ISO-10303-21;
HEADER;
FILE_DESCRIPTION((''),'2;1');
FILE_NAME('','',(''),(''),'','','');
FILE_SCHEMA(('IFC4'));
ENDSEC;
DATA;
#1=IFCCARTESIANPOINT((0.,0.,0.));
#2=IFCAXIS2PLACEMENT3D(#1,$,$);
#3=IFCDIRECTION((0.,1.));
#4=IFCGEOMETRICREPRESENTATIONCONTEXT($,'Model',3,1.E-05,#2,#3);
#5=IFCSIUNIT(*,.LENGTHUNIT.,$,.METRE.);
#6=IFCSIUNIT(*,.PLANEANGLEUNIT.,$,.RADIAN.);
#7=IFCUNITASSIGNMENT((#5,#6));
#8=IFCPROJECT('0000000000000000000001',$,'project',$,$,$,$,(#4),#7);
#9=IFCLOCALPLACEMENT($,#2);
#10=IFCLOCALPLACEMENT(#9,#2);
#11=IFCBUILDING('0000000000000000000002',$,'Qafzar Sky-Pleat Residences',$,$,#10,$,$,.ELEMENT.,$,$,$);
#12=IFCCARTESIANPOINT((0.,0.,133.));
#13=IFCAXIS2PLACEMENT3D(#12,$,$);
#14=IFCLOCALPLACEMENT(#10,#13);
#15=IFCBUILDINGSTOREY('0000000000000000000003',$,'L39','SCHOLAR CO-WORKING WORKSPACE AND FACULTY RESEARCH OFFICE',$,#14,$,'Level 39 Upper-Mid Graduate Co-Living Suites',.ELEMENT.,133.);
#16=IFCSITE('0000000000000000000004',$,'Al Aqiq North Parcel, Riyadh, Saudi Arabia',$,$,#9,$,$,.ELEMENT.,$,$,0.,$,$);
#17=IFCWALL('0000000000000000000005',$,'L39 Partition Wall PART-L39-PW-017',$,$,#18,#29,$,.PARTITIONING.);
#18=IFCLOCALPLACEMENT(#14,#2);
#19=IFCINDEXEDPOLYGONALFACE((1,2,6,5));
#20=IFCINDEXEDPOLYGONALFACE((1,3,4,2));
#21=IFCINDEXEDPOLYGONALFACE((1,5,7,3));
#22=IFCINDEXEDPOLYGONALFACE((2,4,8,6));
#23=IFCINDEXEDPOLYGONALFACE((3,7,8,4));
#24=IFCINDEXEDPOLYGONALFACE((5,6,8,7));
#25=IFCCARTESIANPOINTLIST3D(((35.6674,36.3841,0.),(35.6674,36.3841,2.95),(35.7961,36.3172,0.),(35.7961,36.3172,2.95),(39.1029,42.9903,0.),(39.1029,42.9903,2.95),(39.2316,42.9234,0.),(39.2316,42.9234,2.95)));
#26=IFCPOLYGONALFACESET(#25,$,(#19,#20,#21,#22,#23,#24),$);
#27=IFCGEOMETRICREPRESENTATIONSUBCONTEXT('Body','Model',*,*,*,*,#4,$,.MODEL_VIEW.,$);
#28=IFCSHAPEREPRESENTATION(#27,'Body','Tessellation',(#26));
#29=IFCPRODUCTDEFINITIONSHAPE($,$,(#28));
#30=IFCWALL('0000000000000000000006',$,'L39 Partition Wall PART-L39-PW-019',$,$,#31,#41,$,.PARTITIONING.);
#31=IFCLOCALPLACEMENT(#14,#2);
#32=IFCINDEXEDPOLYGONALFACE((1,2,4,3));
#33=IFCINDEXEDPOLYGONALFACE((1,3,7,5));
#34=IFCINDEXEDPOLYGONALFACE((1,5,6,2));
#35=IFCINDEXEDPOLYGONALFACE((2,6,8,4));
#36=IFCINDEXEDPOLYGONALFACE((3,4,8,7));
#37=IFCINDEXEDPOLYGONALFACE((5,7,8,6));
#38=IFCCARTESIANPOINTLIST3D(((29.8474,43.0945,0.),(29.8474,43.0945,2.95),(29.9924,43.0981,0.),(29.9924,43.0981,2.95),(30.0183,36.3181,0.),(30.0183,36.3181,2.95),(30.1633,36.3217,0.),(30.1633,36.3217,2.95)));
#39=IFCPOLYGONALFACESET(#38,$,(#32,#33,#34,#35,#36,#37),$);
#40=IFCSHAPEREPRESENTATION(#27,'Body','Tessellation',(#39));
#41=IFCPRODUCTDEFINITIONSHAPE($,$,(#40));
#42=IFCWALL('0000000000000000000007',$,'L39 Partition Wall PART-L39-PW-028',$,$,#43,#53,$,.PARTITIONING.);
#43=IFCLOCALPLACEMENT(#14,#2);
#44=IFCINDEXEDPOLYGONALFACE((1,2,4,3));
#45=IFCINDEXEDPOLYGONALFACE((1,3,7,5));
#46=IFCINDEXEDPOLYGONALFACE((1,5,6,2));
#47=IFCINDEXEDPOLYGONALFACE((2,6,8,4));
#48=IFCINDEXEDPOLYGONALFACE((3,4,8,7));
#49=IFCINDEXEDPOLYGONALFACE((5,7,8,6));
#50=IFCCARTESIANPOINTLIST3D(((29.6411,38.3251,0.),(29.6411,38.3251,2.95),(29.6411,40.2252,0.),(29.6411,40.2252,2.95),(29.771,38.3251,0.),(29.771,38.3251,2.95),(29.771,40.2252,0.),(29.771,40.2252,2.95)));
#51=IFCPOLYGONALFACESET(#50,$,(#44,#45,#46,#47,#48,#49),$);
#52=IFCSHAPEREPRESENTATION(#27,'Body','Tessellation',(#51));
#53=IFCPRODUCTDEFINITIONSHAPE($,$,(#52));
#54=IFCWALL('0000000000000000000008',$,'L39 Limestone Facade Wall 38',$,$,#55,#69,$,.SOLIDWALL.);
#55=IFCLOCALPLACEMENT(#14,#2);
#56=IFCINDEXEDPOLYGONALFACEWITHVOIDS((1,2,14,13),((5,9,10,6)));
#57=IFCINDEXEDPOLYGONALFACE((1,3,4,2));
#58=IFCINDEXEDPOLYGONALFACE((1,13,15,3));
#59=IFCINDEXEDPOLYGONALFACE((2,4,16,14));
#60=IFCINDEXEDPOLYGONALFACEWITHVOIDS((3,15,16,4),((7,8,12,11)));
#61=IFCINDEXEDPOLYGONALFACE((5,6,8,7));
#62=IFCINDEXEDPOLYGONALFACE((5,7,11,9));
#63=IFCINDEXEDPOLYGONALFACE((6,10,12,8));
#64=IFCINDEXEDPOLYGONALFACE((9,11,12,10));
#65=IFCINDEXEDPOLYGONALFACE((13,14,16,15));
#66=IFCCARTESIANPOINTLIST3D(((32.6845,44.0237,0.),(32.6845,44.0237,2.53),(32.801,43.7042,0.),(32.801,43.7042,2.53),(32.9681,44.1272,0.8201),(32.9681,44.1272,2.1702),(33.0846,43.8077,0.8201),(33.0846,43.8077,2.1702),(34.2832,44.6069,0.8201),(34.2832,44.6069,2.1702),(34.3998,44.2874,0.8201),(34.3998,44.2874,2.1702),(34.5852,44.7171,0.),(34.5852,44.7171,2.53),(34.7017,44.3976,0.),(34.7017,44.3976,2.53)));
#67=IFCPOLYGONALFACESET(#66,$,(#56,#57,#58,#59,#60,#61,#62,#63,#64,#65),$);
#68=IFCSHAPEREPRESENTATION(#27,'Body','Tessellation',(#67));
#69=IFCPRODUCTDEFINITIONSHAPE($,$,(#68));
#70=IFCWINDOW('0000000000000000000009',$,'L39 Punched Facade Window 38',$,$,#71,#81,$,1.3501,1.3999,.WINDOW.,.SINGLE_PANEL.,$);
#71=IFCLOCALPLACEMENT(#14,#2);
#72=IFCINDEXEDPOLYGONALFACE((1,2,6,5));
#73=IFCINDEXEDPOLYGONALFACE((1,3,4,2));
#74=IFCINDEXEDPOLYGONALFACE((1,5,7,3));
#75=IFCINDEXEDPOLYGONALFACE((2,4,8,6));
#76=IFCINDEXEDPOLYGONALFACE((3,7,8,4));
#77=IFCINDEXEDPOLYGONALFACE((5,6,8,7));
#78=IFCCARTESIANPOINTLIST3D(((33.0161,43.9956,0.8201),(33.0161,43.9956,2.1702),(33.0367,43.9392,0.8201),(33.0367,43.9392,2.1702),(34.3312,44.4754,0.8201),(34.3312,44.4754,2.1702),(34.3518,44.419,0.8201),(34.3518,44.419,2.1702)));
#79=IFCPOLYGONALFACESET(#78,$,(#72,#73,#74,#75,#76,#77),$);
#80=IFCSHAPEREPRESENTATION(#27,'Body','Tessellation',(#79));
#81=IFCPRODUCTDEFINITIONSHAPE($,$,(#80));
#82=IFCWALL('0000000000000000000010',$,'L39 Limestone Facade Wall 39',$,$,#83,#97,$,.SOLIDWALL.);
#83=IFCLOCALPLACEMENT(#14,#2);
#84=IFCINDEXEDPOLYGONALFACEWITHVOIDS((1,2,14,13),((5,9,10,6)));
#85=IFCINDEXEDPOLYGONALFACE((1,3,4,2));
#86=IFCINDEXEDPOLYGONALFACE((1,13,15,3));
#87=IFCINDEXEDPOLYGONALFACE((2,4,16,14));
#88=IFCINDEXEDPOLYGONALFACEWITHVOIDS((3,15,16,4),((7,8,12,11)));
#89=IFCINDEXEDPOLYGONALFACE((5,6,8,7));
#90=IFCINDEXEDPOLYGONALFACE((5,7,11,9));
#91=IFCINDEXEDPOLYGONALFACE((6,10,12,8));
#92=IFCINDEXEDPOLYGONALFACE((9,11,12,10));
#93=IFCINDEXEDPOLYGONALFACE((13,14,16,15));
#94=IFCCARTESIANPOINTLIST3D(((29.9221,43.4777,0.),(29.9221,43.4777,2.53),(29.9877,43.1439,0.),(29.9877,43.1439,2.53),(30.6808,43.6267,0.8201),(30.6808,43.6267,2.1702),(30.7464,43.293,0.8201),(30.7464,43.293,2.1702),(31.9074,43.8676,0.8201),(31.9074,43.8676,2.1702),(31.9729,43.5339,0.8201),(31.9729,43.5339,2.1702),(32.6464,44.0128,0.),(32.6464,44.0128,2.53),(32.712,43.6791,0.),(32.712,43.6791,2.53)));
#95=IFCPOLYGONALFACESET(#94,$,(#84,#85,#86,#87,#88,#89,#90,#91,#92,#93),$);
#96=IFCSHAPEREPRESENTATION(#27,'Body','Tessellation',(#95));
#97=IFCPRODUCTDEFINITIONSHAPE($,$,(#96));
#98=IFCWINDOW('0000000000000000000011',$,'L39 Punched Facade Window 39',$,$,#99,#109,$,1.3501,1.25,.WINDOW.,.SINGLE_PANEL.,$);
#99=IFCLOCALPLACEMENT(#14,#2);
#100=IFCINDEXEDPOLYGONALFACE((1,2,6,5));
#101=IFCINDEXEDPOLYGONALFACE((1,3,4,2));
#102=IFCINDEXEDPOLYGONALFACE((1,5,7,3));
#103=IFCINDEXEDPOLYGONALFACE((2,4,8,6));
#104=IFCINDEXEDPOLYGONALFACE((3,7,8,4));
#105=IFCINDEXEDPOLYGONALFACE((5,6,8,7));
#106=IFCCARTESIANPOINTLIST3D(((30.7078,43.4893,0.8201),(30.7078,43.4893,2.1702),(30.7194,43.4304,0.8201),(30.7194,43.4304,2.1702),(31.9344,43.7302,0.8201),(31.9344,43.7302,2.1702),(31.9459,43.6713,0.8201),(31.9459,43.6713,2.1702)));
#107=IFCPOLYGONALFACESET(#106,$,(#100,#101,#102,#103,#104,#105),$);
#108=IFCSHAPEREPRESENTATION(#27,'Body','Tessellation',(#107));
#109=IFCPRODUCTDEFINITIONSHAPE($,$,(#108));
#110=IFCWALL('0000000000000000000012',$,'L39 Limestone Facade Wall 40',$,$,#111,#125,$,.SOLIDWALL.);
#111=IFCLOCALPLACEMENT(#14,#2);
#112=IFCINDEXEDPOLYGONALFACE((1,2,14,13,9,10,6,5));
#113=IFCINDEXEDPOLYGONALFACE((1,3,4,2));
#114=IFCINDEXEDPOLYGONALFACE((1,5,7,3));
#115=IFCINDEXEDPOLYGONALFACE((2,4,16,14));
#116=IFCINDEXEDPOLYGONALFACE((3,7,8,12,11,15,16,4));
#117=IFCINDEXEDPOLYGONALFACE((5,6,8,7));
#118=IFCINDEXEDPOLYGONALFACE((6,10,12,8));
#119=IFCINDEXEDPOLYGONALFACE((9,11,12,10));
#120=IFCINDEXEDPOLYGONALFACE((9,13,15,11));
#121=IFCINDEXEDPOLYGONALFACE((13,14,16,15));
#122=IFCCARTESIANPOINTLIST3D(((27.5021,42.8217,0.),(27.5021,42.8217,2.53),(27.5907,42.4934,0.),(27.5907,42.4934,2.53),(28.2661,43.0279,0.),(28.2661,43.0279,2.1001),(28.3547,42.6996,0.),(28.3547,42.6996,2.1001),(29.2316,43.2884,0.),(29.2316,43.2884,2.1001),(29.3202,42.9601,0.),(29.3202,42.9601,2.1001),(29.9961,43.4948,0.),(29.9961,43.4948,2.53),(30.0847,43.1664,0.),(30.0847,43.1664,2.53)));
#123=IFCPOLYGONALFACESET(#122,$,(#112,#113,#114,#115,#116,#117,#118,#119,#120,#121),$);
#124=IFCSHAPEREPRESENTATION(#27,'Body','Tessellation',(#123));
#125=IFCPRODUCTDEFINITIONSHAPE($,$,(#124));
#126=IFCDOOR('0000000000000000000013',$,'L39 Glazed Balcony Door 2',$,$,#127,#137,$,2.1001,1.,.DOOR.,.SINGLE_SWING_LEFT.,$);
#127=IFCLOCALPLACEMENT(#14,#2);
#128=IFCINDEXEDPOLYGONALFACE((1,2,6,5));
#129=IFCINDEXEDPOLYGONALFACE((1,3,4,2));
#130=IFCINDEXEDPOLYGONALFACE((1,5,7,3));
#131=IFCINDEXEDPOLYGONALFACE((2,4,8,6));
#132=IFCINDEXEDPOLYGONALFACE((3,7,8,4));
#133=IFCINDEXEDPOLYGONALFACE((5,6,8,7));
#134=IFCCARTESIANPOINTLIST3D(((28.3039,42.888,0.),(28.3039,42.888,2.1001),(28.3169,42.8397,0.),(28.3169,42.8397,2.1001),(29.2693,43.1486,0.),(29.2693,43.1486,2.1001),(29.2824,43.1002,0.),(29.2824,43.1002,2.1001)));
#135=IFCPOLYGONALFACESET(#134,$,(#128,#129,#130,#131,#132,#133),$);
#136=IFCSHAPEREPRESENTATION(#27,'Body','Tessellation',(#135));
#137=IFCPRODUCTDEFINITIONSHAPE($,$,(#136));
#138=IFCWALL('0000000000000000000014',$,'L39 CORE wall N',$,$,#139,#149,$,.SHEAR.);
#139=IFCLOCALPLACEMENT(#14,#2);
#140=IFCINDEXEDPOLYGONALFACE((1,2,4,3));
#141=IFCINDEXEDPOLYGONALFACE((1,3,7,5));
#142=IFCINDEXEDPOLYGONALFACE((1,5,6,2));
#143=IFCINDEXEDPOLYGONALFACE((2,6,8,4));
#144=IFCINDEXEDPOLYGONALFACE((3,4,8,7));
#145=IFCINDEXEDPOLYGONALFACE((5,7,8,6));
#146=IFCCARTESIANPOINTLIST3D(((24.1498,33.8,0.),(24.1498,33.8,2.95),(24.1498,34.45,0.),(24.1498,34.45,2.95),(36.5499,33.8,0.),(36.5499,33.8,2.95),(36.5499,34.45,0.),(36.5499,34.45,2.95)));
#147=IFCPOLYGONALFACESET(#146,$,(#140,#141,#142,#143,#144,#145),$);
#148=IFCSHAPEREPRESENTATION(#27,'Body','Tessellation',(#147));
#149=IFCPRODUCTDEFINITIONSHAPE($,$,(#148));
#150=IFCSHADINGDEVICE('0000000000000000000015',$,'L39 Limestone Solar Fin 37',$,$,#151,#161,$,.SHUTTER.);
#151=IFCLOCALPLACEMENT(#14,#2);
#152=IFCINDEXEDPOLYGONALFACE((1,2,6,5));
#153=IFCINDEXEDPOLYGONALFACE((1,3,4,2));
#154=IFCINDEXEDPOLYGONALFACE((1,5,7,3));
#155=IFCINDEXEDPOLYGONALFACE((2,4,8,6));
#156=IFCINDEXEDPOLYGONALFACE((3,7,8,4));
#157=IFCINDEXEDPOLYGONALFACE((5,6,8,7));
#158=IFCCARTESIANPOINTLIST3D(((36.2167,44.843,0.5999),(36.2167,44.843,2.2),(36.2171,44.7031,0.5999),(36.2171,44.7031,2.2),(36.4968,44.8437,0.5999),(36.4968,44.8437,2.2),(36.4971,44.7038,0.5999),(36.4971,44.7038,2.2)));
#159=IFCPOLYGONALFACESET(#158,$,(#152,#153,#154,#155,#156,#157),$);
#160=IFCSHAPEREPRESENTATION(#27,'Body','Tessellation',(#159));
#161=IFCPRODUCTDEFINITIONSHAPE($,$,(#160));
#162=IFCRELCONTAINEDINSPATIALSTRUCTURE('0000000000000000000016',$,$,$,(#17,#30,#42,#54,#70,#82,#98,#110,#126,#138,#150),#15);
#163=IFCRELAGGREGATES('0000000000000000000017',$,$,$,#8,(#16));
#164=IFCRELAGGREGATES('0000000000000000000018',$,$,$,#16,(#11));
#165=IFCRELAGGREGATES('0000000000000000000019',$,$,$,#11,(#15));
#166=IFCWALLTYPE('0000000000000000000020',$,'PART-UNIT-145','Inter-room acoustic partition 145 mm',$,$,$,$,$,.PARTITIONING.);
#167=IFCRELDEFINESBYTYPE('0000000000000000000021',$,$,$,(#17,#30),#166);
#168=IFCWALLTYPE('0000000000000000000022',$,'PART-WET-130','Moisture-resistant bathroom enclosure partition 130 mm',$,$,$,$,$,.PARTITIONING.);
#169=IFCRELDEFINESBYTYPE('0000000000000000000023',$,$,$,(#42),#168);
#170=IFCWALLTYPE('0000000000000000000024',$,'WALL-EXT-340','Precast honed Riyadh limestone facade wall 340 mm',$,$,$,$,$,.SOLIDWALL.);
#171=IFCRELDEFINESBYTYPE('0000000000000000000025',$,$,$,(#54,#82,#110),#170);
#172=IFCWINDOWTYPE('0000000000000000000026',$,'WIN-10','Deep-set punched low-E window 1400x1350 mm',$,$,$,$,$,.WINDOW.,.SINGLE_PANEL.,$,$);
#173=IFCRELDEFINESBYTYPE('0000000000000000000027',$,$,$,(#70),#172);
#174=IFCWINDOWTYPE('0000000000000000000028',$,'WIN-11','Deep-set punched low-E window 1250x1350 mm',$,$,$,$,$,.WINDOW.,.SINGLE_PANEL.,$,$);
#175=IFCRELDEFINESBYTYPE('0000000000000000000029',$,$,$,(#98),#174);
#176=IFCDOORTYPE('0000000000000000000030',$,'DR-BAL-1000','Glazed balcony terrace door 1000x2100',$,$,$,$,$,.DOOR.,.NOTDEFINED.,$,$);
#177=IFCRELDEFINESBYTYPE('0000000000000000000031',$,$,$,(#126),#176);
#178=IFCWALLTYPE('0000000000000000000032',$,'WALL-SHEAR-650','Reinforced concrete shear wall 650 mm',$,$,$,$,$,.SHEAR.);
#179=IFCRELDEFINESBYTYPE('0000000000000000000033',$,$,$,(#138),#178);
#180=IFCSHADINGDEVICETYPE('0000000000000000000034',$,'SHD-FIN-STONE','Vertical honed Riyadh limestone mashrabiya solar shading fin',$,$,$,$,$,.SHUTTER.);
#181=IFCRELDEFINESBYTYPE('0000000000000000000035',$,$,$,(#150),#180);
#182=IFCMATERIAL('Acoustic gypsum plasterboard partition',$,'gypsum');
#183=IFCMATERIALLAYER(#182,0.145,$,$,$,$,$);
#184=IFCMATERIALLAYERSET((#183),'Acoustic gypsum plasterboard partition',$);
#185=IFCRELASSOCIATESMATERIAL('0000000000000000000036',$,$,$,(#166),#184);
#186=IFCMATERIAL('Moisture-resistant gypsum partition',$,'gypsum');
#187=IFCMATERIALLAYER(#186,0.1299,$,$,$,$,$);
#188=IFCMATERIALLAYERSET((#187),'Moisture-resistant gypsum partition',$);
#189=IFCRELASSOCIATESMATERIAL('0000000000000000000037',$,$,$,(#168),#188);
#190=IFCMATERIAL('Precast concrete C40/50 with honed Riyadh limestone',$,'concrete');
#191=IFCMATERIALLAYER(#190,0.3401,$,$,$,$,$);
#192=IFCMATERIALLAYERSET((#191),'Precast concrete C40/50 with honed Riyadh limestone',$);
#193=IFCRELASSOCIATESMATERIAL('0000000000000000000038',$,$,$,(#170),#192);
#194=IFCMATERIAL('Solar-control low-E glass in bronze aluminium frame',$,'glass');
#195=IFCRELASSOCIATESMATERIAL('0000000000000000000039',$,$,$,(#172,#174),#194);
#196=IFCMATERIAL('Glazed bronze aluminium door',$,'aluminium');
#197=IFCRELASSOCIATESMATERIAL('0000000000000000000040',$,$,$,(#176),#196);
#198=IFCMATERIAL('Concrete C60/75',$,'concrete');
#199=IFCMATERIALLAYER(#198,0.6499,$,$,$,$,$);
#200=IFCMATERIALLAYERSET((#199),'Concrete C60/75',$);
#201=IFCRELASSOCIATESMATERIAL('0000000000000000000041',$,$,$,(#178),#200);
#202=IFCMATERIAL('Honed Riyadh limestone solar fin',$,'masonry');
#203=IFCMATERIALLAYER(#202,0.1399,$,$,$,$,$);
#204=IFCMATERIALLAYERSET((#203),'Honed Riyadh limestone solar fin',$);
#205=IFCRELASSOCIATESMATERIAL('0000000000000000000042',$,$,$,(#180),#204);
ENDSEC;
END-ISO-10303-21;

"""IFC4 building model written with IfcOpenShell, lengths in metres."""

from ifc_helpers import new_model, si_unit, direction, frame, frame_2d, origin, origin_2d, place, context, subcontext, project, spatial, rectangle, extrude, source, transform, mapped, material, layer, layer_set, type_object, element, fill, save


model = new_model("IFC4")

# Units and contexts
model_context = context("Model", 3, precision=1e-05, world=origin(), true_north=direction((0.0, 1.0)))
body_context = subcontext(model_context, "Body", "Model", "MODEL_VIEW")
ifc_project = project(units=[si_unit("LENGTHUNIT", "METRE"), si_unit("PLANEANGLEUNIT", "RADIAN")], contexts=[model_context])

# Site, building, storey
site_placement = place(None, origin())
site = spatial("IfcSite", under=ifc_project, at=site_placement, Name="Al Aqiq North Parcel, Riyadh, Saudi Arabia", CompositionType="ELEMENT", RefElevation=0.0)
building_placement = place(site_placement, origin())
building = spatial("IfcBuilding", under=site, at=building_placement, Name="Qafzar Sky-Pleat Residences", CompositionType="ELEMENT")
storey_placement = place(building_placement, frame((0.0, 0.0, 133.0)))
storey = spatial("IfcBuildingStorey", under=building, at=storey_placement, Name="L39", Description="SCHOLAR CO-WORKING WORKSPACE AND FACULTY RESEARCH OFFICE", LongName="Level 39 Upper-Mid Graduate Co-Living Suites", CompositionType="ELEMENT", Elevation=133.0)

# Shared definitions
ifc_material_1 = material(Name="Acoustic gypsum plasterboard partition", Category="gypsum")

# Walls
ifc_layer_1 = layer(ifc_material_1, 0.145)
ifc_layer_set_1 = layer_set([ifc_layer_1], Name="Acoustic gypsum plasterboard partition")
wall_type_1 = type_object("IfcWallType", Name="PART-UNIT-145", Description="Inter-room acoustic partition 145 mm", PredefinedType="PARTITIONING", material=ifc_layer_set_1)
wall_1_placement = place(storey_placement, frame((35.7317, 36.3506, 0.0), z_axis=(0.0, 0.0, 1.0), x_axis=(0.461387, 0.887199, 0.0)))
element("IfcWall", 1, at=wall_1_placement, inside=storey, type_object=wall_type_1, Name="L39 Partition Wall PART-L39-PW-017", PredefinedType="PARTITIONING", context=body_context, shape_type="SweptSolid", body=[
    extrude(rectangle(XDim=7.446, YDim=0.145, at=frame_2d((3.7231, 0.0))), origin(), (0.0, 0.0, 1.0), 2.95),
])
wall_2_placement = place(storey_placement, frame((29.9199, 43.0962, 0.0), z_axis=(0.0, 0.0, 1.0), x_axis=(0.025212, -0.999682, 0.0)))
element("IfcWall", 2, at=wall_2_placement, inside=storey, type_object=wall_type_1, Name="L39 Partition Wall PART-L39-PW-019", PredefinedType="PARTITIONING", context=body_context, shape_type="SweptSolid", body=[
    extrude(rectangle(XDim=6.7786, YDim=0.145, at=frame_2d((3.3892, 0.0))), origin(), (0.0, 0.0, 1.0), 2.95),
])
ifc_material_2 = material(Name="Moisture-resistant gypsum partition", Category="gypsum")
ifc_layer_2 = layer(ifc_material_2, 0.1299)
ifc_layer_set_2 = layer_set([ifc_layer_2], Name="Moisture-resistant gypsum partition")
wall_type_2 = type_object("IfcWallType", Name="PART-WET-130", Description="Moisture-resistant bathroom enclosure partition 130 mm", PredefinedType="PARTITIONING", material=ifc_layer_set_2)
wall_3_placement = place(storey_placement, frame((29.7061, 38.325, 0.0), z_axis=(0.0, 0.0, 1.0), x_axis=(0.0, 1.0, 0.0)))
element("IfcWall", 3, at=wall_3_placement, inside=storey, type_object=wall_type_2, Name="L39 Partition Wall PART-L39-PW-028", PredefinedType="PARTITIONING", context=body_context, shape_type="SweptSolid", body=[
    extrude(rectangle(XDim=1.9001, YDim=0.1299, at=frame_2d((0.9502, 0.0))), origin(), (0.0, 0.0, 1.0), 2.95),
])

# Walls, openings, windows
ifc_material_3 = material(Name="Precast concrete C40/50 with honed Riyadh limestone", Category="concrete")
ifc_layer_3 = layer(ifc_material_3, 0.3401)
ifc_layer_set_3 = layer_set([ifc_layer_3], Name="Precast concrete C40/50 with honed Riyadh limestone")
wall_type_3 = type_object("IfcWallType", Name="WALL-EXT-340", Description="Precast honed Riyadh limestone facade wall 340 mm", PredefinedType="SOLIDWALL", material=ifc_layer_set_3)
wall_4_placement = place(storey_placement, frame((34.6436, 44.5574, 0.0), z_axis=(0.0, 0.0, 1.0), x_axis=(-0.939441, -0.342712, 0.0)))
wall_4 = element("IfcWall", 4, at=wall_4_placement, inside=storey, type_object=wall_type_3, Name="L39 Limestone Facade Wall 38", PredefinedType="SOLIDWALL", context=body_context, shape_type="SweptSolid", body=[
    extrude(rectangle(XDim=2.0232, YDim=0.3401, at=frame_2d((1.0117, 0.0))), origin(), (0.0, 0.0, 1.0), 2.53),
])
opening_1_placement = place(wall_4_placement, frame((0.3215, 0.0, 0.8201)))
opening_1 = element("IfcOpeningElement", 5, at=opening_1_placement, cuts=wall_4, PredefinedType="OPENING", context=body_context, shape_type="SweptSolid", body=[
    extrude(rectangle(XDim=1.3999, YDim=1.3501, at=frame_2d((0.7, 0.675))), frame((0.0, 0.1802, 0.0), z_axis=(0.0, -1.0, 0.0), x_axis=(1.0, 0.0, 0.0)), (0.0, 0.0, 1.0), 0.3601),
])
ifc_material_4 = material(Name="Solar-control low-E glass in bronze aluminium frame", Category="glass")
window_type_1 = type_object("IfcWindowType", Name="WIN-10", Description="Deep-set punched low-E window 1400x1350 mm", PartitioningType="SINGLE_PANEL", PredefinedType="WINDOW", material=ifc_material_4)
shared_shape_1 = source(origin(), body_context, "Body", "SweptSolid", [
    extrude(rectangle(XDim=1.3999, YDim=1.3501, at=frame_2d((0.7, 0.675))), frame((0.0, 0.03, 0.0), z_axis=(0.0, -1.0, 0.0), x_axis=(1.0, 0.0, 0.0)), (0.0, 0.0, 1.0), 0.0601),
])
window_1_placement = place(opening_1_placement, origin())
window_1 = element("IfcWindow", 6, at=window_1_placement, inside=storey, type_object=window_type_1, Name="L39 Punched Facade Window 38", OverallHeight=1.3501, OverallWidth=1.3999, PartitioningType="SINGLE_PANEL", PredefinedType="WINDOW", context=body_context, shape_type="MappedRepresentation", body=[
    mapped(shared_shape_1, transform((0.0, 0.0, 0.0), x_axis=(1.0, 0.0, 0.0), y_axis=(0.0, 1.0, 0.0), z_axis=(0.0, 0.0, 1.0), scale=1.0)),
])
fill(opening_1, window_1)
wall_5_placement = place(storey_placement, frame((32.6792, 43.8459, 0.0), z_axis=(0.0, 0.0, 1.0), x_axis=(-0.981248, -0.19275, 0.0)))
wall_5 = element("IfcWall", 7, at=wall_5_placement, inside=storey, type_object=wall_type_3, Name="L39 Limestone Facade Wall 39", PredefinedType="SOLIDWALL", context=body_context, shape_type="SweptSolid", body=[
    extrude(rectangle(XDim=2.7764, YDim=0.3401, at=frame_2d((1.3882, 0.0))), origin(), (0.0, 0.0, 1.0), 2.53),
])
opening_2_placement = place(wall_5_placement, frame((0.7532, 0.0, 0.8201)))
opening_2 = element("IfcOpeningElement", 8, at=opening_2_placement, cuts=wall_5, PredefinedType="OPENING", context=body_context, shape_type="SweptSolid", body=[
    extrude(rectangle(XDim=1.25, YDim=1.3501, at=frame_2d((0.625, 0.675))), frame((0.0, 0.1802, 0.0), z_axis=(0.0, -1.0, 0.0), x_axis=(1.0, 0.0, 0.0)), (0.0, 0.0, 1.0), 0.3601),
])
window_type_2 = type_object("IfcWindowType", Name="WIN-11", Description="Deep-set punched low-E window 1250x1350 mm", PartitioningType="SINGLE_PANEL", PredefinedType="WINDOW", material=ifc_material_4)
shared_shape_2 = source(origin(), body_context, "Body", "SweptSolid", [
    extrude(rectangle(XDim=1.25, YDim=1.3501, at=frame_2d((0.625, 0.675))), frame((0.0, 0.03, 0.0), z_axis=(0.0, -1.0, 0.0), x_axis=(1.0, 0.0, 0.0)), (0.0, 0.0, 1.0), 0.0601),
])
window_2_placement = place(opening_2_placement, origin())
window_2 = element("IfcWindow", 9, at=window_2_placement, inside=storey, type_object=window_type_2, Name="L39 Punched Facade Window 39", OverallHeight=1.3501, OverallWidth=1.25, PartitioningType="SINGLE_PANEL", PredefinedType="WINDOW", context=body_context, shape_type="MappedRepresentation", body=[
    mapped(shared_shape_2, transform((0.0, 0.0, 0.0), x_axis=(1.0, 0.0, 0.0), y_axis=(0.0, 1.0, 0.0), z_axis=(0.0, 0.0, 1.0), scale=1.0)),
])
fill(opening_2, window_2)

# Wall, opening, door
wall_6_placement = place(storey_placement, frame((30.0403, 43.3306, 0.0), z_axis=(0.0, 0.0, 1.0), x_axis=(-0.96546, -0.26055, 0.0)))
wall_6 = element("IfcWall", 10, at=wall_6_placement, inside=storey, type_object=wall_type_3, Name="L39 Limestone Facade Wall 40", PredefinedType="SOLIDWALL", context=body_context, shape_type="SweptSolid", body=[
    extrude(rectangle(XDim=2.5833, YDim=0.3401, at=frame_2d((1.2915, 0.0))), origin(), (0.0, 0.0, 1.0), 2.53),
])
opening_3_placement = place(wall_6_placement, frame((0.7917, 0.0, 0.0)))
opening_3 = element("IfcOpeningElement", 11, at=opening_3_placement, cuts=wall_6, PredefinedType="OPENING", context=body_context, shape_type="SweptSolid", body=[
    extrude(rectangle(XDim=1.0, YDim=2.1001, at=frame_2d((0.5, 1.05))), frame((0.0, 0.1802, 0.0), z_axis=(0.0, -1.0, 0.0), x_axis=(1.0, 0.0, 0.0)), (0.0, 0.0, 1.0), 0.3601),
])
ifc_material_5 = material(Name="Glazed bronze aluminium door", Category="aluminium")
door_type_1 = type_object("IfcDoorType", Name="DR-BAL-1000", Description="Glazed balcony terrace door 1000x2100", OperationType="NOTDEFINED", PredefinedType="DOOR", material=ifc_material_5)
shared_shape_3 = source(origin(), body_context, "Body", "SweptSolid", [
    extrude(rectangle(XDim=1.0, YDim=2.1001, at=frame_2d((0.5, 1.05))), frame((0.0, 0.0249, 0.0), z_axis=(0.0, -1.0, 0.0), x_axis=(1.0, 0.0, 0.0)), (0.0, 0.0, 1.0), 0.05),
])
door_1_placement = place(opening_3_placement, origin())
door_1 = element("IfcDoor", 12, at=door_1_placement, inside=storey, type_object=door_type_1, Name="L39 Glazed Balcony Door 2", OperationType="SINGLE_SWING_LEFT", OverallHeight=2.1001, OverallWidth=1.0, PredefinedType="DOOR", context=body_context, shape_type="MappedRepresentation", body=[
    mapped(shared_shape_3, transform((0.0, 0.0, 0.0), x_axis=(1.0, 0.0, 0.0), y_axis=(0.0, 1.0, 0.0), z_axis=(0.0, 0.0, 1.0), scale=1.0)),
])
fill(opening_3, door_1)

# Wall
ifc_material_6 = material(Name="Concrete C60/75", Category="concrete")
ifc_layer_4 = layer(ifc_material_6, 0.6499)
ifc_layer_set_4 = layer_set([ifc_layer_4], Name="Concrete C60/75")
wall_type_4 = type_object("IfcWallType", Name="WALL-SHEAR-650", Description="Reinforced concrete shear wall 650 mm", PredefinedType="SHEAR", material=ifc_layer_set_4)
wall_7_placement = place(storey_placement, frame((36.55, 34.125, 0.0), z_axis=(0.0, 0.0, 1.0), x_axis=(-1.0, 0.0, 0.0)))
element("IfcWall", 13, at=wall_7_placement, inside=storey, type_object=wall_type_4, Name="L39 CORE wall N", PredefinedType="SHEAR", context=body_context, shape_type="SweptSolid", body=[
    extrude(rectangle(XDim=12.4001, YDim=0.6499, at=frame_2d((6.2002, 0.0))), origin(), (0.0, 0.0, 1.0), 2.95),
])

# Shading device
ifc_material_7 = material(Name="Honed Riyadh limestone solar fin", Category="masonry")
ifc_layer_5 = layer(ifc_material_7, 0.1399)
ifc_layer_set_5 = layer_set([ifc_layer_5], Name="Honed Riyadh limestone solar fin")
shading_device_type = type_object("IfcShadingDeviceType", Name="SHD-FIN-STONE", Description="Vertical honed Riyadh limestone mashrabiya solar shading fin", PredefinedType="SHUTTER", material=ifc_layer_set_5)
shared_shape_4 = source(origin(), body_context, "Body", "SweptSolid", [
    extrude(rectangle(XDim=0.1399, YDim=0.28, at=origin_2d()), origin(), (0.0, 0.0, 1.0), 1.6001),
])
shading_device_placement = place(storey_placement, frame((36.3569, 44.7734, 0.5999), z_axis=(0.0, 0.0, 1.0), x_axis=(-0.002444, 0.999997, 0.0)))
element("IfcShadingDevice", 14, at=shading_device_placement, inside=storey, type_object=shading_device_type, Name="L39 Limestone Solar Fin 37", PredefinedType="SHUTTER", context=body_context, shape_type="MappedRepresentation", body=[
    mapped(shared_shape_4, transform((0.0, 0.0, 0.0), x_axis=(1.0, 0.0, 0.0), y_axis=(0.0, 1.0, 0.0), z_axis=(0.0, 0.0, 1.0), scale=1.0)),
])

save(model, "model.ifc")
